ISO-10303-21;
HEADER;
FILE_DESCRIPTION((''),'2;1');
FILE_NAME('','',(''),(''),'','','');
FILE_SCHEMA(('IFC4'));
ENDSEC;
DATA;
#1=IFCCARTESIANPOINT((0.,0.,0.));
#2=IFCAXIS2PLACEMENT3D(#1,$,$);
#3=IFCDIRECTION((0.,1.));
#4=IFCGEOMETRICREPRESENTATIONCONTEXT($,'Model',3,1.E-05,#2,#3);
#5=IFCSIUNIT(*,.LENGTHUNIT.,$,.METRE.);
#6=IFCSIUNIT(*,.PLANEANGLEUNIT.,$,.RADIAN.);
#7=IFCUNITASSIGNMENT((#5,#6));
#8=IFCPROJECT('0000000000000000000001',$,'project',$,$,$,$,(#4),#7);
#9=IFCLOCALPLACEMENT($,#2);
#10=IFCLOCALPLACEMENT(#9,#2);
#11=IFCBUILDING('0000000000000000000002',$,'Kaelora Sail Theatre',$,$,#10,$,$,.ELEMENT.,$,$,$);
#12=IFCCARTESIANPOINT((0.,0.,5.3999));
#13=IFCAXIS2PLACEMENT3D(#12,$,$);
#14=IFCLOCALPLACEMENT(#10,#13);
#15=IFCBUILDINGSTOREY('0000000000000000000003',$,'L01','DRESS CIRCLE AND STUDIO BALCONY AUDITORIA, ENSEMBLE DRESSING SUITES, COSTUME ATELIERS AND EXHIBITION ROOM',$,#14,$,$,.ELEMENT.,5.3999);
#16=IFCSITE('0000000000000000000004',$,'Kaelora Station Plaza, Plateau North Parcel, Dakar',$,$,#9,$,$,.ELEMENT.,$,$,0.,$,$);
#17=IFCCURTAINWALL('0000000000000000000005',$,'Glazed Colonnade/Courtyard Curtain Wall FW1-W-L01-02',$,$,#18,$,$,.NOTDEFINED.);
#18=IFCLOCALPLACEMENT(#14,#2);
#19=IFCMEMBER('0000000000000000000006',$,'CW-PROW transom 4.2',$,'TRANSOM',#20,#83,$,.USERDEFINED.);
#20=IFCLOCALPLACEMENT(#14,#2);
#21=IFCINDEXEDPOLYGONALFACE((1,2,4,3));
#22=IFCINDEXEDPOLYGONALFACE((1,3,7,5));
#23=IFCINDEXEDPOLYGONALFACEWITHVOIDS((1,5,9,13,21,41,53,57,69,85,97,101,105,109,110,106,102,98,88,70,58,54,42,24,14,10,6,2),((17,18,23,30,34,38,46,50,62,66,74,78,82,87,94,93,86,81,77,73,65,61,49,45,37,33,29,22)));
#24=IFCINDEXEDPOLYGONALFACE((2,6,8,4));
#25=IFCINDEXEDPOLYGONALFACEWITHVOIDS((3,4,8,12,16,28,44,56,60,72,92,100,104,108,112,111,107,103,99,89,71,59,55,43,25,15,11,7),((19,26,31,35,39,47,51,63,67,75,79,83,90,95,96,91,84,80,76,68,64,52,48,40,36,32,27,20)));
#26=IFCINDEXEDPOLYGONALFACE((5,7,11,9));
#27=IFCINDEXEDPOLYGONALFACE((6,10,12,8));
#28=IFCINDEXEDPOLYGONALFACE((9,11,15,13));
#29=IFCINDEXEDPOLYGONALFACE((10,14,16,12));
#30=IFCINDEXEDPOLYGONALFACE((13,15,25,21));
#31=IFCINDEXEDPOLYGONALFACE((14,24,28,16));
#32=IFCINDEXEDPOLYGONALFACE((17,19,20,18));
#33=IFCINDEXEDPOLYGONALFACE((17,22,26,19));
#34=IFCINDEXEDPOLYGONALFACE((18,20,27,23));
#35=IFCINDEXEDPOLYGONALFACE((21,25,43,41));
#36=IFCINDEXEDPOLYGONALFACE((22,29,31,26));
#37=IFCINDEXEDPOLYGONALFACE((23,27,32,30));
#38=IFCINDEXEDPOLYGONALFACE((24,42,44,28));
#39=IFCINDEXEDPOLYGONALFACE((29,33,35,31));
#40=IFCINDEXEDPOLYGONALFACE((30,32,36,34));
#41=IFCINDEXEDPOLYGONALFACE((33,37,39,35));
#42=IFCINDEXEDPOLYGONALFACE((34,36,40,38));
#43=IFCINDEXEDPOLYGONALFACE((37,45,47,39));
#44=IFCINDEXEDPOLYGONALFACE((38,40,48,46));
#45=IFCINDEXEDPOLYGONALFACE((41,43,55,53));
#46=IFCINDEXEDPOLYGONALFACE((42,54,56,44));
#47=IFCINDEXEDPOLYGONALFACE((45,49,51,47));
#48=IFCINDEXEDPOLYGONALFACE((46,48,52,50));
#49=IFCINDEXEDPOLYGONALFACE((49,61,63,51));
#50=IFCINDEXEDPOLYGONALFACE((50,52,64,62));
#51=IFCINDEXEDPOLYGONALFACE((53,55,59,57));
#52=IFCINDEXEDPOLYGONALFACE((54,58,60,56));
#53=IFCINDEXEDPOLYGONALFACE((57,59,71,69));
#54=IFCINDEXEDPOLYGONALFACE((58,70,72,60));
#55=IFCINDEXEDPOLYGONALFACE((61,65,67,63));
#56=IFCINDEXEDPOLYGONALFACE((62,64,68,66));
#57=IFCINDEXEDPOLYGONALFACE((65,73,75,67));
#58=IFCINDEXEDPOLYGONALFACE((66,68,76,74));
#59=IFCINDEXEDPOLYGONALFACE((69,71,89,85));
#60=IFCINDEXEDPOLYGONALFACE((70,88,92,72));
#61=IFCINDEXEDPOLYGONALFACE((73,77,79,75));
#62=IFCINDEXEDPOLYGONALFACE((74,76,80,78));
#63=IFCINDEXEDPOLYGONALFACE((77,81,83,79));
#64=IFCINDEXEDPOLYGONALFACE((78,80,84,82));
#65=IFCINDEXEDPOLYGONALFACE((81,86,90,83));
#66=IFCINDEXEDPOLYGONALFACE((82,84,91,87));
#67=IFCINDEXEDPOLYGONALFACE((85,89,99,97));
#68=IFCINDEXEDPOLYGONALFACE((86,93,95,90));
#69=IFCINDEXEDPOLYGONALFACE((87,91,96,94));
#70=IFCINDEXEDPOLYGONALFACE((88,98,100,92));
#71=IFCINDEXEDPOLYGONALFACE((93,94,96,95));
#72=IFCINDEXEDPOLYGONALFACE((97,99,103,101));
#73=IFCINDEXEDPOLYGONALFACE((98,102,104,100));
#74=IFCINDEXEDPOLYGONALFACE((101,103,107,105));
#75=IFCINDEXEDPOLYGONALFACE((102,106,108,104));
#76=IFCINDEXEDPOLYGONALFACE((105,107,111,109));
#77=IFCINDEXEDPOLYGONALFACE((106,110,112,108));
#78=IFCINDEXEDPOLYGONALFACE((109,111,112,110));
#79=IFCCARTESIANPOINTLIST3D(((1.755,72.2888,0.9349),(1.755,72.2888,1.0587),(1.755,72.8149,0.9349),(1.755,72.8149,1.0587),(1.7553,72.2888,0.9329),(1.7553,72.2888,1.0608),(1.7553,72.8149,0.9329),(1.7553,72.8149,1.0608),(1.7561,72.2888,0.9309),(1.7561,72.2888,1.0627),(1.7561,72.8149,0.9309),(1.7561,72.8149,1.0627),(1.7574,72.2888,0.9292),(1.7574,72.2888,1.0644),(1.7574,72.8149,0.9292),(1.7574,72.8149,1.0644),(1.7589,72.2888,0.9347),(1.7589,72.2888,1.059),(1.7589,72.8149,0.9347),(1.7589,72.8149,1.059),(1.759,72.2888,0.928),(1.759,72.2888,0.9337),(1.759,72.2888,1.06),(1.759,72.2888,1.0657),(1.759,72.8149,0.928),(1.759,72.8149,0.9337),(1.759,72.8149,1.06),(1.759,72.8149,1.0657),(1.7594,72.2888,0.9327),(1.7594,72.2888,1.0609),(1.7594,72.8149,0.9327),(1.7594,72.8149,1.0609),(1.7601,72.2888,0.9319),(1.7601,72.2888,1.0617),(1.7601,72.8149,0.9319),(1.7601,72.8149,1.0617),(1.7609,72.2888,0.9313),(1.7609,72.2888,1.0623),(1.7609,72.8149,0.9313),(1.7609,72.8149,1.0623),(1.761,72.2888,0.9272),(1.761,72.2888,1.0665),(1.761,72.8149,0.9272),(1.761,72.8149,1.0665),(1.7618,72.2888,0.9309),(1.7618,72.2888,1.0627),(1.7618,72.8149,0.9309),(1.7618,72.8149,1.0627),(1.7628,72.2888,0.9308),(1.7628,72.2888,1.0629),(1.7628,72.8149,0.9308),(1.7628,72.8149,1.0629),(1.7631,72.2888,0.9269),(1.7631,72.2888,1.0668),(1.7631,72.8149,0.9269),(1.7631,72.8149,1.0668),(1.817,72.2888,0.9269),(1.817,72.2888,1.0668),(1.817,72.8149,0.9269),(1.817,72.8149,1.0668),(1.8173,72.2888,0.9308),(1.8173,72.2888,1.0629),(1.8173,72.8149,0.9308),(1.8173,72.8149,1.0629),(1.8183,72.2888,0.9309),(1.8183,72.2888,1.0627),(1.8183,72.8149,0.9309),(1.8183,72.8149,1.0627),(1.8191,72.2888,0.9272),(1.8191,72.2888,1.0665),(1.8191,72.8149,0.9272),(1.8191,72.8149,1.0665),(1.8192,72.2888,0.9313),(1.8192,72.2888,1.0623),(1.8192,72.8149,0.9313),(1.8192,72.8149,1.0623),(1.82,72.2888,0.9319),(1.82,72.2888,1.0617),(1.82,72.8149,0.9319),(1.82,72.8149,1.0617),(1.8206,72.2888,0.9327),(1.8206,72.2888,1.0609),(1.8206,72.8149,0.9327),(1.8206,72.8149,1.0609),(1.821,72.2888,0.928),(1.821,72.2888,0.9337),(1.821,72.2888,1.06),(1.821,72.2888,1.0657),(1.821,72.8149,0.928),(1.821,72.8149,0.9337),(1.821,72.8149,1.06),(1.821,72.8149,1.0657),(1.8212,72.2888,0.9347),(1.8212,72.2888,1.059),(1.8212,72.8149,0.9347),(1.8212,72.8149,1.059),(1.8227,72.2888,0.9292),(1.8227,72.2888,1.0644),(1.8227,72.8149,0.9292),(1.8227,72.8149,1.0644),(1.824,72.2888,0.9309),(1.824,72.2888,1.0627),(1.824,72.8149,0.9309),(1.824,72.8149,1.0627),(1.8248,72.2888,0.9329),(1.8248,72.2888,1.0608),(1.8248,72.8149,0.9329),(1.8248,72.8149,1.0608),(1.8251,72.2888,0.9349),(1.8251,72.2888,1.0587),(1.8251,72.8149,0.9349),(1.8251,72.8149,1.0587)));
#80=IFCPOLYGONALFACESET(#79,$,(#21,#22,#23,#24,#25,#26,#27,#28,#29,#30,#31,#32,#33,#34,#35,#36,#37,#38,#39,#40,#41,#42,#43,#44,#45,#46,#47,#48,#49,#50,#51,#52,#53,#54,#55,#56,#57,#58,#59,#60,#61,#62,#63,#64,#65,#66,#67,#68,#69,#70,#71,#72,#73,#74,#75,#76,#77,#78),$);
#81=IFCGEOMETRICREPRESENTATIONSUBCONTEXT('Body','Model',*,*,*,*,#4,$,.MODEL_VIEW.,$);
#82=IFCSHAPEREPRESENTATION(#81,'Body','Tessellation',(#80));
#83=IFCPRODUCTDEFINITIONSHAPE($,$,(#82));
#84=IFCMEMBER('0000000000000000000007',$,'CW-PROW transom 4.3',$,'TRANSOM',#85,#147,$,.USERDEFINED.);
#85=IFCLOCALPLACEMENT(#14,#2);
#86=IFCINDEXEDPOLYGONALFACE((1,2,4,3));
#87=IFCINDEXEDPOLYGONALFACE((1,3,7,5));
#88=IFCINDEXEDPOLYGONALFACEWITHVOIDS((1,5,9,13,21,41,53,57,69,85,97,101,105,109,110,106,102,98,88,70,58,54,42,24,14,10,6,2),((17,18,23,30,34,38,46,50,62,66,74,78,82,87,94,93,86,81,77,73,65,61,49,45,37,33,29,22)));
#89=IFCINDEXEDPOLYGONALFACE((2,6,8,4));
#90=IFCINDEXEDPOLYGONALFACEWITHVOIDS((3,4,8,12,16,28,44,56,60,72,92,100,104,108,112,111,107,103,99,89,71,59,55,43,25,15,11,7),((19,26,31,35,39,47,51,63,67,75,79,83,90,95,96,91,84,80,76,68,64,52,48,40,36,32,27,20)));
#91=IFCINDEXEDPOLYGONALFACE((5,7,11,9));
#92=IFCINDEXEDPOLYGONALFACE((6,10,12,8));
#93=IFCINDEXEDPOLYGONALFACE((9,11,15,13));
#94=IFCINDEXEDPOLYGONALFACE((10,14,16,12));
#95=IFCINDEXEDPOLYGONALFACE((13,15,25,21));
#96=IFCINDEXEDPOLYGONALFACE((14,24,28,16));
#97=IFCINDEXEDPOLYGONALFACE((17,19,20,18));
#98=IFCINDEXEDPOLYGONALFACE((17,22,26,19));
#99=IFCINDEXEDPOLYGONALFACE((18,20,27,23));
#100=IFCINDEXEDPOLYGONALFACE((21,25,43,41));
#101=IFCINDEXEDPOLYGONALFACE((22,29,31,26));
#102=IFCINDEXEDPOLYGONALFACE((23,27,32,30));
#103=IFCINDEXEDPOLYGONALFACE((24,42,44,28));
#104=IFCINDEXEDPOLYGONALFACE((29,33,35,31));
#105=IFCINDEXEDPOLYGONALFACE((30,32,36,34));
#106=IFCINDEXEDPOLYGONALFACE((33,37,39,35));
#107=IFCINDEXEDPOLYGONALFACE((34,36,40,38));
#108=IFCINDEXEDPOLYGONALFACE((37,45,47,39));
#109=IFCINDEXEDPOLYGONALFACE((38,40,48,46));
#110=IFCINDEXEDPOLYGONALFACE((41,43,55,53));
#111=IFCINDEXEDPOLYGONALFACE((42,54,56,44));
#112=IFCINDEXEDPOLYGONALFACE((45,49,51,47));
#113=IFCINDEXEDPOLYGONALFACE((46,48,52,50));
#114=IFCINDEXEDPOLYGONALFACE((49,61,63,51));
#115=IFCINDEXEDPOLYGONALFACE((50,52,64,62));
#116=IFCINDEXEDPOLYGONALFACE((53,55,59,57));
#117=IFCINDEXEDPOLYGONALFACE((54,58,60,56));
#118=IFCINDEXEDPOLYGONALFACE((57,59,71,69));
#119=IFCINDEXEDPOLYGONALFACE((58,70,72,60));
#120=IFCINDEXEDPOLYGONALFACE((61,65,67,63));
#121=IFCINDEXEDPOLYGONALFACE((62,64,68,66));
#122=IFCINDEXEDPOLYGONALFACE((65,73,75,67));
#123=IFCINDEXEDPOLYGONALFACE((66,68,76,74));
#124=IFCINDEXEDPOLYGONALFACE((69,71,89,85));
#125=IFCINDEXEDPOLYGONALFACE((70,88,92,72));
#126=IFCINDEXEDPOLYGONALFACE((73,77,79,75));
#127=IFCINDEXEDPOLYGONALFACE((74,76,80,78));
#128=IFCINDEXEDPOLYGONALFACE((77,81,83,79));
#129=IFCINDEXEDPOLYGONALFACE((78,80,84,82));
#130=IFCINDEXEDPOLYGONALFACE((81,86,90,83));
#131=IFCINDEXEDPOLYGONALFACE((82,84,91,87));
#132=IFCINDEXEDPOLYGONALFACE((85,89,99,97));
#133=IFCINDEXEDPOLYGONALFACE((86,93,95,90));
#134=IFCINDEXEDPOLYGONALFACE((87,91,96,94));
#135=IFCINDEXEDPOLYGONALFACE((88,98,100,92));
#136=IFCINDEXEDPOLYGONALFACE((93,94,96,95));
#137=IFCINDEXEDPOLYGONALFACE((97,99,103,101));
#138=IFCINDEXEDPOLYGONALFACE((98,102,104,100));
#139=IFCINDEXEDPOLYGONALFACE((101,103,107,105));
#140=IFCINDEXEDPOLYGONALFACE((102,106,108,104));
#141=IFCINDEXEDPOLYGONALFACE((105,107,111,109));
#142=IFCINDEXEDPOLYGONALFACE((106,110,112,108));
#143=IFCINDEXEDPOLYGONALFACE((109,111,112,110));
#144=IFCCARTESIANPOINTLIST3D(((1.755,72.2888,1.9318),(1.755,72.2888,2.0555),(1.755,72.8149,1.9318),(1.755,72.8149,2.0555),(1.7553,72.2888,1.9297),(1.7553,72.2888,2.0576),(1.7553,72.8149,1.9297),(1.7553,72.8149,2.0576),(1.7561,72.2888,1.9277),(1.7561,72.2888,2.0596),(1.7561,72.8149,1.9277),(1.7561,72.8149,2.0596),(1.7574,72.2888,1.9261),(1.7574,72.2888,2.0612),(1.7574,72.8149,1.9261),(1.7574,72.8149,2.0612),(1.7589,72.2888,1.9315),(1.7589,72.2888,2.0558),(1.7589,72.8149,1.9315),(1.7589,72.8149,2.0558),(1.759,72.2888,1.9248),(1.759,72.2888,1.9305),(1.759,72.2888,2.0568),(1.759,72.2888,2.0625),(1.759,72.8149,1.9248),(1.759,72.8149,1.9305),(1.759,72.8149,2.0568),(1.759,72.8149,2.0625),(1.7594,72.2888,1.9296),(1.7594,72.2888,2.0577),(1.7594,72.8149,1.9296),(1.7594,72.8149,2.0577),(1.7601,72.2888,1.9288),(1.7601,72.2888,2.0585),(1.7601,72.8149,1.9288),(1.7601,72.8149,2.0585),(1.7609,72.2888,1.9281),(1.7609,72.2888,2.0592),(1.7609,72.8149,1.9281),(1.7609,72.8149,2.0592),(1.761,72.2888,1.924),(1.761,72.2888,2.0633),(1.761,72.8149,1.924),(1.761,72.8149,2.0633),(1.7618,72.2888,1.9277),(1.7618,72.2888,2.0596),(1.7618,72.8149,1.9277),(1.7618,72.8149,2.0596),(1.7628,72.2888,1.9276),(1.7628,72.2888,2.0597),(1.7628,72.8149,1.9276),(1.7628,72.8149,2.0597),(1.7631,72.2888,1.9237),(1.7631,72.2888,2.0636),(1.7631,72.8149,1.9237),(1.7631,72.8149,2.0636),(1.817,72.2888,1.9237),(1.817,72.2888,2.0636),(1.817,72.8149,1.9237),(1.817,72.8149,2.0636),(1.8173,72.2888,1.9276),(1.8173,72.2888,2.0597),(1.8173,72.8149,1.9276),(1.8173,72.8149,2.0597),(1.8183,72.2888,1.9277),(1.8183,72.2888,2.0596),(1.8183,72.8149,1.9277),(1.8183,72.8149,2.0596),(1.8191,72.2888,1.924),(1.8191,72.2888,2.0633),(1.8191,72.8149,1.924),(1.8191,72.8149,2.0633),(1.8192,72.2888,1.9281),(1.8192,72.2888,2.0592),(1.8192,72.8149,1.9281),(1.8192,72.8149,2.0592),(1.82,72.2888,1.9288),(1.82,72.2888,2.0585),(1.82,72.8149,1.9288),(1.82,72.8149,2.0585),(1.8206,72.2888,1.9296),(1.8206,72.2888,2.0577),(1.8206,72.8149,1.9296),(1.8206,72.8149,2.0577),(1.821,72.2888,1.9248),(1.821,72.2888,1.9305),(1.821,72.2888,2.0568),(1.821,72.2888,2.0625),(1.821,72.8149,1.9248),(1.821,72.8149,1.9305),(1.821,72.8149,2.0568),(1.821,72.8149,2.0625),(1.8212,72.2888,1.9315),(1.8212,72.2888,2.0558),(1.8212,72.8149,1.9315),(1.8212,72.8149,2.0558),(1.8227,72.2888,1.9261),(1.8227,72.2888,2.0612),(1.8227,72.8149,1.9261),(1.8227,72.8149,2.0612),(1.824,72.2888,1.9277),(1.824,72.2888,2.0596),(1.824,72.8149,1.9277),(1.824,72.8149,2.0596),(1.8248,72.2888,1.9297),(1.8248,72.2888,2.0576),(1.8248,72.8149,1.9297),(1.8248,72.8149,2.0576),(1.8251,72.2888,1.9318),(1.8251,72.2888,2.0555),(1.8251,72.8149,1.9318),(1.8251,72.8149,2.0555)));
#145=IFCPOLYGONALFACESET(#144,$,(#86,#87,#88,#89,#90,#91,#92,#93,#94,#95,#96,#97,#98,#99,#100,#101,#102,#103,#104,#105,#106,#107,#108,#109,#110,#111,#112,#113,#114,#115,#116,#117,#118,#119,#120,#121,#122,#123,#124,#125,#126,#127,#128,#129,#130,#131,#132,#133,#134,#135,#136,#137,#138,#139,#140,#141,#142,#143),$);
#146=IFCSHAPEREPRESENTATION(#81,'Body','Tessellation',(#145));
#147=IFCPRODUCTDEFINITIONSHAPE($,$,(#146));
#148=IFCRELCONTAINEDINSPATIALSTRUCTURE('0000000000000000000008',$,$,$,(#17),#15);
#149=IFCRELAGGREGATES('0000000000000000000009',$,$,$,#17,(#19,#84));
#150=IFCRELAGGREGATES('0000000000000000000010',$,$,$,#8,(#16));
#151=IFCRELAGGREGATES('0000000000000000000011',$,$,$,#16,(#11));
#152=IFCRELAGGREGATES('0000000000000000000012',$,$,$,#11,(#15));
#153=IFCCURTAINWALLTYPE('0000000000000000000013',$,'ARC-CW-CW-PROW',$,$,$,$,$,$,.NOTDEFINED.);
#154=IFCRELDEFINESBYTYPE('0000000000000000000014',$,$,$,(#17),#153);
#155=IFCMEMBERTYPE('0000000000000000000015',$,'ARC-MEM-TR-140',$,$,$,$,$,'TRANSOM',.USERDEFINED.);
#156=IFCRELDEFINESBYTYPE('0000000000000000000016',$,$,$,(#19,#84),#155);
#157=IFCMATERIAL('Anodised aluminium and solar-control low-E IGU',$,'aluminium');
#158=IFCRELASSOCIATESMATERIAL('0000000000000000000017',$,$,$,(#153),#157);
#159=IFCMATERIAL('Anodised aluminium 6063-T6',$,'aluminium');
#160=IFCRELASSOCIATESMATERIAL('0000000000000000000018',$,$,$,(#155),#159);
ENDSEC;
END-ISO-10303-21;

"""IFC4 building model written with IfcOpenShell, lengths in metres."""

from ifc_helpers import new_model, si_unit, direction, frame, origin, origin_2d, place, context, subcontext, project, spatial, hollow_rectangle, extrude, material, material_profile, profile_set, type_object, element, aggregate, save


model = new_model("IFC4")

# Units and contexts
model_context = context("Model", 3, precision=1e-05, world=origin(), true_north=direction((0.0, 1.0)))
body_context = subcontext(model_context, "Body", "Model", "MODEL_VIEW")
ifc_project = project(units=[si_unit("LENGTHUNIT", "METRE"), si_unit("PLANEANGLEUNIT", "RADIAN")], contexts=[model_context])

# Site, building, storey
site_placement = place(None, origin())
site = spatial("IfcSite", under=ifc_project, at=site_placement, Name="Kaelora Station Plaza, Plateau North Parcel, Dakar", CompositionType="ELEMENT", RefElevation=0.0)
building_placement = place(site_placement, origin())
building = spatial("IfcBuilding", under=site, at=building_placement, Name="Kaelora Sail Theatre", CompositionType="ELEMENT")
storey_placement = place(building_placement, frame((0.0, 0.0, 5.3999)))
storey = spatial("IfcBuildingStorey", under=building, at=storey_placement, Name="L01", Description="DRESS CIRCLE AND STUDIO BALCONY AUDITORIA, ENSEMBLE DRESSING SUITES, COSTUME ATELIERS AND EXHIBITION ROOM", CompositionType="ELEMENT", Elevation=5.3999)

# Curtain wall, members
ifc_material_1 = material(Name="Anodised aluminium and solar-control low-E IGU", Category="aluminium")
curtain_wall_type = type_object("IfcCurtainWallType", Name="ARC-CW-CW-PROW", PredefinedType="NOTDEFINED", material=ifc_material_1)
curtain_wall_placement = place(storey_placement, origin())
curtain_wall = element("IfcCurtainWall", 1, at=curtain_wall_placement, inside=storey, type_object=curtain_wall_type, Name="Glazed Colonnade/Courtyard Curtain Wall FW1-W-L01-02", PredefinedType="NOTDEFINED")
ifc_material_2 = material(Name="Anodised aluminium 6063-T6", Category="aluminium")
ifc_material_profile_1 = material_profile(ifc_material_2, hollow_rectangle(XDim=0.0701, YDim=0.1399, WallThickness=0.0039, InnerFilletRadius=0.0039, OuterFilletRadius=0.0081, at=origin_2d()), Name="ALU-TRAN 70x140x4")
ifc_profile_set_1 = profile_set([ifc_material_profile_1], Name="Anodised aluminium 6063-T6")
member_type_1 = type_object("IfcMemberType", Name="ARC-MEM-TR-140", ElementType="TRANSOM", PredefinedType="USERDEFINED", material=ifc_profile_set_1)
member_1_placement = place(storey_placement, frame((1.79, 72.2888, 0.9968), z_axis=(0.0, 1.0, 0.0), x_axis=(-1.0, 0.0, 0.0)))
member_1 = element("IfcMember", 2, at=member_1_placement, type_object=member_type_1, Name="CW-PROW transom 4.2", ObjectType="TRANSOM", PredefinedType="USERDEFINED", context=body_context, shape_type="SweptSolid", body=[
    extrude(hollow_rectangle(XDim=0.0701, YDim=0.1399, WallThickness=0.0039, InnerFilletRadius=0.0039, OuterFilletRadius=0.0081, at=origin_2d()), origin(), (0.0, 0.0, 1.0), 0.5261),
])
member_2_placement = place(storey_placement, frame((1.79, 72.2888, 1.9937), z_axis=(0.0, 1.0, 0.0), x_axis=(-1.0, 0.0, 0.0)))
member_2 = element("IfcMember", 3, at=member_2_placement, type_object=member_type_1, Name="CW-PROW transom 4.3", ObjectType="TRANSOM", PredefinedType="USERDEFINED", context=body_context, shape_type="SweptSolid", body=[
    extrude(hollow_rectangle(XDim=0.0701, YDim=0.1399, WallThickness=0.0039, InnerFilletRadius=0.0039, OuterFilletRadius=0.0081, at=origin_2d()), origin(), (0.0, 0.0, 1.0), 0.5261),
])

aggregate(curtain_wall, [member_1, member_2])

save(model, "model.ifc")
